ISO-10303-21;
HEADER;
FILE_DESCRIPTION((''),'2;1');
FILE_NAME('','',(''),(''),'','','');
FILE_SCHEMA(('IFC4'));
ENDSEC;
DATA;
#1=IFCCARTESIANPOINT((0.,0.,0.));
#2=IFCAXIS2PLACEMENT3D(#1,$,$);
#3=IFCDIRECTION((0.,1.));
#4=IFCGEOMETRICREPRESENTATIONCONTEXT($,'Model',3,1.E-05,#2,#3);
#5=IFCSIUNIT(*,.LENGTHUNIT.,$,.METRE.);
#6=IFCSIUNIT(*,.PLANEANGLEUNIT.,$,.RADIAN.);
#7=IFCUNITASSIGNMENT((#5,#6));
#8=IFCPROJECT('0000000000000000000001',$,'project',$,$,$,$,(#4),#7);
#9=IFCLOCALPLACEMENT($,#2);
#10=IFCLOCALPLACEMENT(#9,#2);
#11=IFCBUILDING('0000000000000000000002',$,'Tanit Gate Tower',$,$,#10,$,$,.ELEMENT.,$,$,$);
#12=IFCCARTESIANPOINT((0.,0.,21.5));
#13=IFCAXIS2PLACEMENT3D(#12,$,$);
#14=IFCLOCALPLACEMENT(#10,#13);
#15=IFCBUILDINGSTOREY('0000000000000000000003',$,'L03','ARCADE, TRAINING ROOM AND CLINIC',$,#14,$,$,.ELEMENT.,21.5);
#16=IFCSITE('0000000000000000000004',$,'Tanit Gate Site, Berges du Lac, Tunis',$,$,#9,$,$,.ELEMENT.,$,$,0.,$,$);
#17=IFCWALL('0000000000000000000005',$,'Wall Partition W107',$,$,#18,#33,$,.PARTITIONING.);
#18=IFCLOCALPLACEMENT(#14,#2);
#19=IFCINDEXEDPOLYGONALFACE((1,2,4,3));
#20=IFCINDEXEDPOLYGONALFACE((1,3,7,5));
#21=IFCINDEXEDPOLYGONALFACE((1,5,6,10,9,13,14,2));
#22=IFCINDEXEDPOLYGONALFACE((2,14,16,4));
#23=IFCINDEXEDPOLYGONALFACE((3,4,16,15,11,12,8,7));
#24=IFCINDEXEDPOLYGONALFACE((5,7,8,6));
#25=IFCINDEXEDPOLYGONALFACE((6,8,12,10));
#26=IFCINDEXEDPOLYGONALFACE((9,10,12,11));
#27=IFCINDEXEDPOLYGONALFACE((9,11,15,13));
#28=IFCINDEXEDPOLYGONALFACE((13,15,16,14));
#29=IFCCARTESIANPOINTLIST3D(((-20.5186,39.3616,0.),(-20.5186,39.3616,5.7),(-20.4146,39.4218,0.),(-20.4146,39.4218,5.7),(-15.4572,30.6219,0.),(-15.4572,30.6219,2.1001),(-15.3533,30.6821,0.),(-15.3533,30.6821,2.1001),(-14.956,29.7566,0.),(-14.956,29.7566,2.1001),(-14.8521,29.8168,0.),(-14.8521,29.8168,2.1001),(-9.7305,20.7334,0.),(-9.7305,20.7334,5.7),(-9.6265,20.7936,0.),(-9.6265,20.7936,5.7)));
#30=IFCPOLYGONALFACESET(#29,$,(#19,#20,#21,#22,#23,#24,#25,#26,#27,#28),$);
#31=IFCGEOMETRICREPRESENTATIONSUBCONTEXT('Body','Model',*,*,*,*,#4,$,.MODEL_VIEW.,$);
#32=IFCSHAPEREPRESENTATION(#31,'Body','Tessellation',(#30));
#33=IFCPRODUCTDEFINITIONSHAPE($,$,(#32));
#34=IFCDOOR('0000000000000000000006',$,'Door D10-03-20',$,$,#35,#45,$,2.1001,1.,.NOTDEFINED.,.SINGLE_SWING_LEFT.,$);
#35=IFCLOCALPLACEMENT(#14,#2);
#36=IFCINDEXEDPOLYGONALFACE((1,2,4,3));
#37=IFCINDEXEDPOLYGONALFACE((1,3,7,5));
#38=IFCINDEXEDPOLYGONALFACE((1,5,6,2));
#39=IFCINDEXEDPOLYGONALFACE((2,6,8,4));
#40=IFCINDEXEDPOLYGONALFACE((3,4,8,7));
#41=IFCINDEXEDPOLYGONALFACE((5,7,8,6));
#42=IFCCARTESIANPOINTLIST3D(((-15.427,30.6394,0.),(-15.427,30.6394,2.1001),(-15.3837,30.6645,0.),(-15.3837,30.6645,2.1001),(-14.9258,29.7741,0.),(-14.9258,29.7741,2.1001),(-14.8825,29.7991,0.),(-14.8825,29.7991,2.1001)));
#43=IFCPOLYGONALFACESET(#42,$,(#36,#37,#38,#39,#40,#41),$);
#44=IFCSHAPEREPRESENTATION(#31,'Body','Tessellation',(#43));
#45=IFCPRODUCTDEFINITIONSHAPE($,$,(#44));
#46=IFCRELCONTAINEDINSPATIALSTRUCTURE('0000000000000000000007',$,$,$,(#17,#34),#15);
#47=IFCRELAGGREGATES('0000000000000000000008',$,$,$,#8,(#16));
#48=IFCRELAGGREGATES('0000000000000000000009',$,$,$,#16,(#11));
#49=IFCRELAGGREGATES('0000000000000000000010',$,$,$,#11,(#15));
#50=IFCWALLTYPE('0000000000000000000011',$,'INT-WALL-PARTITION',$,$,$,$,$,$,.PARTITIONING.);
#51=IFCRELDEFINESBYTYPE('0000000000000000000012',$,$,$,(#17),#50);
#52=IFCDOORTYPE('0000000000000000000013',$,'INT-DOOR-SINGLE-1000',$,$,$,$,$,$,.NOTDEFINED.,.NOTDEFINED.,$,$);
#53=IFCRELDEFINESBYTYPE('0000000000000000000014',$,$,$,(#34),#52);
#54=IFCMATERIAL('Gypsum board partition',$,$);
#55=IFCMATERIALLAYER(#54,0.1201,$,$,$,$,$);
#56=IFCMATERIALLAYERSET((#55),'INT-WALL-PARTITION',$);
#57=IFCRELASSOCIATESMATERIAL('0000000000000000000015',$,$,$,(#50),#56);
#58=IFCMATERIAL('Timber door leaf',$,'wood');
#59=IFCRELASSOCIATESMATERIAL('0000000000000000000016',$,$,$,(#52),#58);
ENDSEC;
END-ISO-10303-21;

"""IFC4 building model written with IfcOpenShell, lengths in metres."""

from ifc_helpers import new_model, si_unit, direction, frame, frame_2d, origin, place, context, subcontext, project, spatial, rectangle, extrude, material, layer, layer_set, type_object, element, fill, save


model = new_model("IFC4")

# Units and contexts
model_context = context("Model", 3, precision=1e-05, world=origin(), true_north=direction((0.0, 1.0)))
body_context = subcontext(model_context, "Body", "Model", "MODEL_VIEW")
ifc_project = project(units=[si_unit("LENGTHUNIT", "METRE"), si_unit("PLANEANGLEUNIT", "RADIAN")], contexts=[model_context])

# Site, building, storey
site_placement = place(None, origin())
site = spatial("IfcSite", under=ifc_project, at=site_placement, Name="Tanit Gate Site, Berges du Lac, Tunis", CompositionType="ELEMENT", RefElevation=0.0)
building_placement = place(site_placement, origin())
building = spatial("IfcBuilding", under=site, at=building_placement, Name="Tanit Gate Tower", CompositionType="ELEMENT")
storey_placement = place(building_placement, frame((0.0, 0.0, 21.5)))
storey = spatial("IfcBuildingStorey", under=building, at=storey_placement, Name="L03", Description="ARCADE, TRAINING ROOM AND CLINIC", CompositionType="ELEMENT", Elevation=21.5)

# Wall, opening, door
ifc_material_1 = material(Name="Gypsum board partition")
ifc_layer_1 = layer(ifc_material_1, 0.1201)
ifc_layer_set_1 = layer_set([ifc_layer_1], Name="INT-WALL-PARTITION")
wall_type_1 = type_object("IfcWallType", Name="INT-WALL-PARTITION", PredefinedType="PARTITIONING", material=ifc_layer_set_1)
wall_1_placement = place(storey_placement, frame((-20.4666, 39.3916, 0.0), z_axis=(0.0, 0.0, 1.0), x_axis=(0.501153, -0.865359, 0.0)))
wall_1 = element("IfcWall", 1, at=wall_1_placement, inside=storey, type_object=wall_type_1, Name="Wall Partition W107", PredefinedType="PARTITIONING", context=body_context, shape_type="SweptSolid", body=[
    extrude(rectangle(XDim=21.5266, YDim=0.1201, at=frame_2d((10.7632, 0.0))), origin(), (0.0, 0.0, 1.0), 5.7),
])
opening_1_placement = place(wall_1_placement, frame((10.0994, 0.0, 0.0)))
opening_1 = element("IfcOpeningElement", 2, at=opening_1_placement, cuts=wall_1, PredefinedType="OPENING", context=body_context, shape_type="SweptSolid", body=[
    extrude(rectangle(XDim=1.0, YDim=2.1001, at=frame_2d((0.5, 1.05))), frame((0.0, 0.0701, 0.0), z_axis=(0.0, -1.0, 0.0), x_axis=(1.0, 0.0, 0.0)), (0.0, 0.0, 1.0), 0.1401),
])
ifc_material_2 = material(Name="Timber door leaf", Category="wood")
door_type_1 = type_object("IfcDoorType", Name="INT-DOOR-SINGLE-1000", OperationType="NOTDEFINED", PredefinedType="NOTDEFINED", material=ifc_material_2)
door_1_placement = place(opening_1_placement, origin())
door_1 = element("IfcDoor", 3, at=door_1_placement, inside=storey, type_object=door_type_1, Name="Door D10-03-20", OperationType="SINGLE_SWING_LEFT", OverallHeight=2.1001, OverallWidth=1.0, PredefinedType="NOTDEFINED", context=body_context, shape_type="SweptSolid", body=[
    extrude(rectangle(XDim=1.0, YDim=2.1001, at=frame_2d((0.5, 1.05))), frame((0.0, 0.0249, 0.0), z_axis=(0.0, -1.0, 0.0), x_axis=(1.0, 0.0, 0.0)), (0.0, 0.0, 1.0), 0.05),
])
fill(opening_1, door_1)

save(model, "model.ifc")
